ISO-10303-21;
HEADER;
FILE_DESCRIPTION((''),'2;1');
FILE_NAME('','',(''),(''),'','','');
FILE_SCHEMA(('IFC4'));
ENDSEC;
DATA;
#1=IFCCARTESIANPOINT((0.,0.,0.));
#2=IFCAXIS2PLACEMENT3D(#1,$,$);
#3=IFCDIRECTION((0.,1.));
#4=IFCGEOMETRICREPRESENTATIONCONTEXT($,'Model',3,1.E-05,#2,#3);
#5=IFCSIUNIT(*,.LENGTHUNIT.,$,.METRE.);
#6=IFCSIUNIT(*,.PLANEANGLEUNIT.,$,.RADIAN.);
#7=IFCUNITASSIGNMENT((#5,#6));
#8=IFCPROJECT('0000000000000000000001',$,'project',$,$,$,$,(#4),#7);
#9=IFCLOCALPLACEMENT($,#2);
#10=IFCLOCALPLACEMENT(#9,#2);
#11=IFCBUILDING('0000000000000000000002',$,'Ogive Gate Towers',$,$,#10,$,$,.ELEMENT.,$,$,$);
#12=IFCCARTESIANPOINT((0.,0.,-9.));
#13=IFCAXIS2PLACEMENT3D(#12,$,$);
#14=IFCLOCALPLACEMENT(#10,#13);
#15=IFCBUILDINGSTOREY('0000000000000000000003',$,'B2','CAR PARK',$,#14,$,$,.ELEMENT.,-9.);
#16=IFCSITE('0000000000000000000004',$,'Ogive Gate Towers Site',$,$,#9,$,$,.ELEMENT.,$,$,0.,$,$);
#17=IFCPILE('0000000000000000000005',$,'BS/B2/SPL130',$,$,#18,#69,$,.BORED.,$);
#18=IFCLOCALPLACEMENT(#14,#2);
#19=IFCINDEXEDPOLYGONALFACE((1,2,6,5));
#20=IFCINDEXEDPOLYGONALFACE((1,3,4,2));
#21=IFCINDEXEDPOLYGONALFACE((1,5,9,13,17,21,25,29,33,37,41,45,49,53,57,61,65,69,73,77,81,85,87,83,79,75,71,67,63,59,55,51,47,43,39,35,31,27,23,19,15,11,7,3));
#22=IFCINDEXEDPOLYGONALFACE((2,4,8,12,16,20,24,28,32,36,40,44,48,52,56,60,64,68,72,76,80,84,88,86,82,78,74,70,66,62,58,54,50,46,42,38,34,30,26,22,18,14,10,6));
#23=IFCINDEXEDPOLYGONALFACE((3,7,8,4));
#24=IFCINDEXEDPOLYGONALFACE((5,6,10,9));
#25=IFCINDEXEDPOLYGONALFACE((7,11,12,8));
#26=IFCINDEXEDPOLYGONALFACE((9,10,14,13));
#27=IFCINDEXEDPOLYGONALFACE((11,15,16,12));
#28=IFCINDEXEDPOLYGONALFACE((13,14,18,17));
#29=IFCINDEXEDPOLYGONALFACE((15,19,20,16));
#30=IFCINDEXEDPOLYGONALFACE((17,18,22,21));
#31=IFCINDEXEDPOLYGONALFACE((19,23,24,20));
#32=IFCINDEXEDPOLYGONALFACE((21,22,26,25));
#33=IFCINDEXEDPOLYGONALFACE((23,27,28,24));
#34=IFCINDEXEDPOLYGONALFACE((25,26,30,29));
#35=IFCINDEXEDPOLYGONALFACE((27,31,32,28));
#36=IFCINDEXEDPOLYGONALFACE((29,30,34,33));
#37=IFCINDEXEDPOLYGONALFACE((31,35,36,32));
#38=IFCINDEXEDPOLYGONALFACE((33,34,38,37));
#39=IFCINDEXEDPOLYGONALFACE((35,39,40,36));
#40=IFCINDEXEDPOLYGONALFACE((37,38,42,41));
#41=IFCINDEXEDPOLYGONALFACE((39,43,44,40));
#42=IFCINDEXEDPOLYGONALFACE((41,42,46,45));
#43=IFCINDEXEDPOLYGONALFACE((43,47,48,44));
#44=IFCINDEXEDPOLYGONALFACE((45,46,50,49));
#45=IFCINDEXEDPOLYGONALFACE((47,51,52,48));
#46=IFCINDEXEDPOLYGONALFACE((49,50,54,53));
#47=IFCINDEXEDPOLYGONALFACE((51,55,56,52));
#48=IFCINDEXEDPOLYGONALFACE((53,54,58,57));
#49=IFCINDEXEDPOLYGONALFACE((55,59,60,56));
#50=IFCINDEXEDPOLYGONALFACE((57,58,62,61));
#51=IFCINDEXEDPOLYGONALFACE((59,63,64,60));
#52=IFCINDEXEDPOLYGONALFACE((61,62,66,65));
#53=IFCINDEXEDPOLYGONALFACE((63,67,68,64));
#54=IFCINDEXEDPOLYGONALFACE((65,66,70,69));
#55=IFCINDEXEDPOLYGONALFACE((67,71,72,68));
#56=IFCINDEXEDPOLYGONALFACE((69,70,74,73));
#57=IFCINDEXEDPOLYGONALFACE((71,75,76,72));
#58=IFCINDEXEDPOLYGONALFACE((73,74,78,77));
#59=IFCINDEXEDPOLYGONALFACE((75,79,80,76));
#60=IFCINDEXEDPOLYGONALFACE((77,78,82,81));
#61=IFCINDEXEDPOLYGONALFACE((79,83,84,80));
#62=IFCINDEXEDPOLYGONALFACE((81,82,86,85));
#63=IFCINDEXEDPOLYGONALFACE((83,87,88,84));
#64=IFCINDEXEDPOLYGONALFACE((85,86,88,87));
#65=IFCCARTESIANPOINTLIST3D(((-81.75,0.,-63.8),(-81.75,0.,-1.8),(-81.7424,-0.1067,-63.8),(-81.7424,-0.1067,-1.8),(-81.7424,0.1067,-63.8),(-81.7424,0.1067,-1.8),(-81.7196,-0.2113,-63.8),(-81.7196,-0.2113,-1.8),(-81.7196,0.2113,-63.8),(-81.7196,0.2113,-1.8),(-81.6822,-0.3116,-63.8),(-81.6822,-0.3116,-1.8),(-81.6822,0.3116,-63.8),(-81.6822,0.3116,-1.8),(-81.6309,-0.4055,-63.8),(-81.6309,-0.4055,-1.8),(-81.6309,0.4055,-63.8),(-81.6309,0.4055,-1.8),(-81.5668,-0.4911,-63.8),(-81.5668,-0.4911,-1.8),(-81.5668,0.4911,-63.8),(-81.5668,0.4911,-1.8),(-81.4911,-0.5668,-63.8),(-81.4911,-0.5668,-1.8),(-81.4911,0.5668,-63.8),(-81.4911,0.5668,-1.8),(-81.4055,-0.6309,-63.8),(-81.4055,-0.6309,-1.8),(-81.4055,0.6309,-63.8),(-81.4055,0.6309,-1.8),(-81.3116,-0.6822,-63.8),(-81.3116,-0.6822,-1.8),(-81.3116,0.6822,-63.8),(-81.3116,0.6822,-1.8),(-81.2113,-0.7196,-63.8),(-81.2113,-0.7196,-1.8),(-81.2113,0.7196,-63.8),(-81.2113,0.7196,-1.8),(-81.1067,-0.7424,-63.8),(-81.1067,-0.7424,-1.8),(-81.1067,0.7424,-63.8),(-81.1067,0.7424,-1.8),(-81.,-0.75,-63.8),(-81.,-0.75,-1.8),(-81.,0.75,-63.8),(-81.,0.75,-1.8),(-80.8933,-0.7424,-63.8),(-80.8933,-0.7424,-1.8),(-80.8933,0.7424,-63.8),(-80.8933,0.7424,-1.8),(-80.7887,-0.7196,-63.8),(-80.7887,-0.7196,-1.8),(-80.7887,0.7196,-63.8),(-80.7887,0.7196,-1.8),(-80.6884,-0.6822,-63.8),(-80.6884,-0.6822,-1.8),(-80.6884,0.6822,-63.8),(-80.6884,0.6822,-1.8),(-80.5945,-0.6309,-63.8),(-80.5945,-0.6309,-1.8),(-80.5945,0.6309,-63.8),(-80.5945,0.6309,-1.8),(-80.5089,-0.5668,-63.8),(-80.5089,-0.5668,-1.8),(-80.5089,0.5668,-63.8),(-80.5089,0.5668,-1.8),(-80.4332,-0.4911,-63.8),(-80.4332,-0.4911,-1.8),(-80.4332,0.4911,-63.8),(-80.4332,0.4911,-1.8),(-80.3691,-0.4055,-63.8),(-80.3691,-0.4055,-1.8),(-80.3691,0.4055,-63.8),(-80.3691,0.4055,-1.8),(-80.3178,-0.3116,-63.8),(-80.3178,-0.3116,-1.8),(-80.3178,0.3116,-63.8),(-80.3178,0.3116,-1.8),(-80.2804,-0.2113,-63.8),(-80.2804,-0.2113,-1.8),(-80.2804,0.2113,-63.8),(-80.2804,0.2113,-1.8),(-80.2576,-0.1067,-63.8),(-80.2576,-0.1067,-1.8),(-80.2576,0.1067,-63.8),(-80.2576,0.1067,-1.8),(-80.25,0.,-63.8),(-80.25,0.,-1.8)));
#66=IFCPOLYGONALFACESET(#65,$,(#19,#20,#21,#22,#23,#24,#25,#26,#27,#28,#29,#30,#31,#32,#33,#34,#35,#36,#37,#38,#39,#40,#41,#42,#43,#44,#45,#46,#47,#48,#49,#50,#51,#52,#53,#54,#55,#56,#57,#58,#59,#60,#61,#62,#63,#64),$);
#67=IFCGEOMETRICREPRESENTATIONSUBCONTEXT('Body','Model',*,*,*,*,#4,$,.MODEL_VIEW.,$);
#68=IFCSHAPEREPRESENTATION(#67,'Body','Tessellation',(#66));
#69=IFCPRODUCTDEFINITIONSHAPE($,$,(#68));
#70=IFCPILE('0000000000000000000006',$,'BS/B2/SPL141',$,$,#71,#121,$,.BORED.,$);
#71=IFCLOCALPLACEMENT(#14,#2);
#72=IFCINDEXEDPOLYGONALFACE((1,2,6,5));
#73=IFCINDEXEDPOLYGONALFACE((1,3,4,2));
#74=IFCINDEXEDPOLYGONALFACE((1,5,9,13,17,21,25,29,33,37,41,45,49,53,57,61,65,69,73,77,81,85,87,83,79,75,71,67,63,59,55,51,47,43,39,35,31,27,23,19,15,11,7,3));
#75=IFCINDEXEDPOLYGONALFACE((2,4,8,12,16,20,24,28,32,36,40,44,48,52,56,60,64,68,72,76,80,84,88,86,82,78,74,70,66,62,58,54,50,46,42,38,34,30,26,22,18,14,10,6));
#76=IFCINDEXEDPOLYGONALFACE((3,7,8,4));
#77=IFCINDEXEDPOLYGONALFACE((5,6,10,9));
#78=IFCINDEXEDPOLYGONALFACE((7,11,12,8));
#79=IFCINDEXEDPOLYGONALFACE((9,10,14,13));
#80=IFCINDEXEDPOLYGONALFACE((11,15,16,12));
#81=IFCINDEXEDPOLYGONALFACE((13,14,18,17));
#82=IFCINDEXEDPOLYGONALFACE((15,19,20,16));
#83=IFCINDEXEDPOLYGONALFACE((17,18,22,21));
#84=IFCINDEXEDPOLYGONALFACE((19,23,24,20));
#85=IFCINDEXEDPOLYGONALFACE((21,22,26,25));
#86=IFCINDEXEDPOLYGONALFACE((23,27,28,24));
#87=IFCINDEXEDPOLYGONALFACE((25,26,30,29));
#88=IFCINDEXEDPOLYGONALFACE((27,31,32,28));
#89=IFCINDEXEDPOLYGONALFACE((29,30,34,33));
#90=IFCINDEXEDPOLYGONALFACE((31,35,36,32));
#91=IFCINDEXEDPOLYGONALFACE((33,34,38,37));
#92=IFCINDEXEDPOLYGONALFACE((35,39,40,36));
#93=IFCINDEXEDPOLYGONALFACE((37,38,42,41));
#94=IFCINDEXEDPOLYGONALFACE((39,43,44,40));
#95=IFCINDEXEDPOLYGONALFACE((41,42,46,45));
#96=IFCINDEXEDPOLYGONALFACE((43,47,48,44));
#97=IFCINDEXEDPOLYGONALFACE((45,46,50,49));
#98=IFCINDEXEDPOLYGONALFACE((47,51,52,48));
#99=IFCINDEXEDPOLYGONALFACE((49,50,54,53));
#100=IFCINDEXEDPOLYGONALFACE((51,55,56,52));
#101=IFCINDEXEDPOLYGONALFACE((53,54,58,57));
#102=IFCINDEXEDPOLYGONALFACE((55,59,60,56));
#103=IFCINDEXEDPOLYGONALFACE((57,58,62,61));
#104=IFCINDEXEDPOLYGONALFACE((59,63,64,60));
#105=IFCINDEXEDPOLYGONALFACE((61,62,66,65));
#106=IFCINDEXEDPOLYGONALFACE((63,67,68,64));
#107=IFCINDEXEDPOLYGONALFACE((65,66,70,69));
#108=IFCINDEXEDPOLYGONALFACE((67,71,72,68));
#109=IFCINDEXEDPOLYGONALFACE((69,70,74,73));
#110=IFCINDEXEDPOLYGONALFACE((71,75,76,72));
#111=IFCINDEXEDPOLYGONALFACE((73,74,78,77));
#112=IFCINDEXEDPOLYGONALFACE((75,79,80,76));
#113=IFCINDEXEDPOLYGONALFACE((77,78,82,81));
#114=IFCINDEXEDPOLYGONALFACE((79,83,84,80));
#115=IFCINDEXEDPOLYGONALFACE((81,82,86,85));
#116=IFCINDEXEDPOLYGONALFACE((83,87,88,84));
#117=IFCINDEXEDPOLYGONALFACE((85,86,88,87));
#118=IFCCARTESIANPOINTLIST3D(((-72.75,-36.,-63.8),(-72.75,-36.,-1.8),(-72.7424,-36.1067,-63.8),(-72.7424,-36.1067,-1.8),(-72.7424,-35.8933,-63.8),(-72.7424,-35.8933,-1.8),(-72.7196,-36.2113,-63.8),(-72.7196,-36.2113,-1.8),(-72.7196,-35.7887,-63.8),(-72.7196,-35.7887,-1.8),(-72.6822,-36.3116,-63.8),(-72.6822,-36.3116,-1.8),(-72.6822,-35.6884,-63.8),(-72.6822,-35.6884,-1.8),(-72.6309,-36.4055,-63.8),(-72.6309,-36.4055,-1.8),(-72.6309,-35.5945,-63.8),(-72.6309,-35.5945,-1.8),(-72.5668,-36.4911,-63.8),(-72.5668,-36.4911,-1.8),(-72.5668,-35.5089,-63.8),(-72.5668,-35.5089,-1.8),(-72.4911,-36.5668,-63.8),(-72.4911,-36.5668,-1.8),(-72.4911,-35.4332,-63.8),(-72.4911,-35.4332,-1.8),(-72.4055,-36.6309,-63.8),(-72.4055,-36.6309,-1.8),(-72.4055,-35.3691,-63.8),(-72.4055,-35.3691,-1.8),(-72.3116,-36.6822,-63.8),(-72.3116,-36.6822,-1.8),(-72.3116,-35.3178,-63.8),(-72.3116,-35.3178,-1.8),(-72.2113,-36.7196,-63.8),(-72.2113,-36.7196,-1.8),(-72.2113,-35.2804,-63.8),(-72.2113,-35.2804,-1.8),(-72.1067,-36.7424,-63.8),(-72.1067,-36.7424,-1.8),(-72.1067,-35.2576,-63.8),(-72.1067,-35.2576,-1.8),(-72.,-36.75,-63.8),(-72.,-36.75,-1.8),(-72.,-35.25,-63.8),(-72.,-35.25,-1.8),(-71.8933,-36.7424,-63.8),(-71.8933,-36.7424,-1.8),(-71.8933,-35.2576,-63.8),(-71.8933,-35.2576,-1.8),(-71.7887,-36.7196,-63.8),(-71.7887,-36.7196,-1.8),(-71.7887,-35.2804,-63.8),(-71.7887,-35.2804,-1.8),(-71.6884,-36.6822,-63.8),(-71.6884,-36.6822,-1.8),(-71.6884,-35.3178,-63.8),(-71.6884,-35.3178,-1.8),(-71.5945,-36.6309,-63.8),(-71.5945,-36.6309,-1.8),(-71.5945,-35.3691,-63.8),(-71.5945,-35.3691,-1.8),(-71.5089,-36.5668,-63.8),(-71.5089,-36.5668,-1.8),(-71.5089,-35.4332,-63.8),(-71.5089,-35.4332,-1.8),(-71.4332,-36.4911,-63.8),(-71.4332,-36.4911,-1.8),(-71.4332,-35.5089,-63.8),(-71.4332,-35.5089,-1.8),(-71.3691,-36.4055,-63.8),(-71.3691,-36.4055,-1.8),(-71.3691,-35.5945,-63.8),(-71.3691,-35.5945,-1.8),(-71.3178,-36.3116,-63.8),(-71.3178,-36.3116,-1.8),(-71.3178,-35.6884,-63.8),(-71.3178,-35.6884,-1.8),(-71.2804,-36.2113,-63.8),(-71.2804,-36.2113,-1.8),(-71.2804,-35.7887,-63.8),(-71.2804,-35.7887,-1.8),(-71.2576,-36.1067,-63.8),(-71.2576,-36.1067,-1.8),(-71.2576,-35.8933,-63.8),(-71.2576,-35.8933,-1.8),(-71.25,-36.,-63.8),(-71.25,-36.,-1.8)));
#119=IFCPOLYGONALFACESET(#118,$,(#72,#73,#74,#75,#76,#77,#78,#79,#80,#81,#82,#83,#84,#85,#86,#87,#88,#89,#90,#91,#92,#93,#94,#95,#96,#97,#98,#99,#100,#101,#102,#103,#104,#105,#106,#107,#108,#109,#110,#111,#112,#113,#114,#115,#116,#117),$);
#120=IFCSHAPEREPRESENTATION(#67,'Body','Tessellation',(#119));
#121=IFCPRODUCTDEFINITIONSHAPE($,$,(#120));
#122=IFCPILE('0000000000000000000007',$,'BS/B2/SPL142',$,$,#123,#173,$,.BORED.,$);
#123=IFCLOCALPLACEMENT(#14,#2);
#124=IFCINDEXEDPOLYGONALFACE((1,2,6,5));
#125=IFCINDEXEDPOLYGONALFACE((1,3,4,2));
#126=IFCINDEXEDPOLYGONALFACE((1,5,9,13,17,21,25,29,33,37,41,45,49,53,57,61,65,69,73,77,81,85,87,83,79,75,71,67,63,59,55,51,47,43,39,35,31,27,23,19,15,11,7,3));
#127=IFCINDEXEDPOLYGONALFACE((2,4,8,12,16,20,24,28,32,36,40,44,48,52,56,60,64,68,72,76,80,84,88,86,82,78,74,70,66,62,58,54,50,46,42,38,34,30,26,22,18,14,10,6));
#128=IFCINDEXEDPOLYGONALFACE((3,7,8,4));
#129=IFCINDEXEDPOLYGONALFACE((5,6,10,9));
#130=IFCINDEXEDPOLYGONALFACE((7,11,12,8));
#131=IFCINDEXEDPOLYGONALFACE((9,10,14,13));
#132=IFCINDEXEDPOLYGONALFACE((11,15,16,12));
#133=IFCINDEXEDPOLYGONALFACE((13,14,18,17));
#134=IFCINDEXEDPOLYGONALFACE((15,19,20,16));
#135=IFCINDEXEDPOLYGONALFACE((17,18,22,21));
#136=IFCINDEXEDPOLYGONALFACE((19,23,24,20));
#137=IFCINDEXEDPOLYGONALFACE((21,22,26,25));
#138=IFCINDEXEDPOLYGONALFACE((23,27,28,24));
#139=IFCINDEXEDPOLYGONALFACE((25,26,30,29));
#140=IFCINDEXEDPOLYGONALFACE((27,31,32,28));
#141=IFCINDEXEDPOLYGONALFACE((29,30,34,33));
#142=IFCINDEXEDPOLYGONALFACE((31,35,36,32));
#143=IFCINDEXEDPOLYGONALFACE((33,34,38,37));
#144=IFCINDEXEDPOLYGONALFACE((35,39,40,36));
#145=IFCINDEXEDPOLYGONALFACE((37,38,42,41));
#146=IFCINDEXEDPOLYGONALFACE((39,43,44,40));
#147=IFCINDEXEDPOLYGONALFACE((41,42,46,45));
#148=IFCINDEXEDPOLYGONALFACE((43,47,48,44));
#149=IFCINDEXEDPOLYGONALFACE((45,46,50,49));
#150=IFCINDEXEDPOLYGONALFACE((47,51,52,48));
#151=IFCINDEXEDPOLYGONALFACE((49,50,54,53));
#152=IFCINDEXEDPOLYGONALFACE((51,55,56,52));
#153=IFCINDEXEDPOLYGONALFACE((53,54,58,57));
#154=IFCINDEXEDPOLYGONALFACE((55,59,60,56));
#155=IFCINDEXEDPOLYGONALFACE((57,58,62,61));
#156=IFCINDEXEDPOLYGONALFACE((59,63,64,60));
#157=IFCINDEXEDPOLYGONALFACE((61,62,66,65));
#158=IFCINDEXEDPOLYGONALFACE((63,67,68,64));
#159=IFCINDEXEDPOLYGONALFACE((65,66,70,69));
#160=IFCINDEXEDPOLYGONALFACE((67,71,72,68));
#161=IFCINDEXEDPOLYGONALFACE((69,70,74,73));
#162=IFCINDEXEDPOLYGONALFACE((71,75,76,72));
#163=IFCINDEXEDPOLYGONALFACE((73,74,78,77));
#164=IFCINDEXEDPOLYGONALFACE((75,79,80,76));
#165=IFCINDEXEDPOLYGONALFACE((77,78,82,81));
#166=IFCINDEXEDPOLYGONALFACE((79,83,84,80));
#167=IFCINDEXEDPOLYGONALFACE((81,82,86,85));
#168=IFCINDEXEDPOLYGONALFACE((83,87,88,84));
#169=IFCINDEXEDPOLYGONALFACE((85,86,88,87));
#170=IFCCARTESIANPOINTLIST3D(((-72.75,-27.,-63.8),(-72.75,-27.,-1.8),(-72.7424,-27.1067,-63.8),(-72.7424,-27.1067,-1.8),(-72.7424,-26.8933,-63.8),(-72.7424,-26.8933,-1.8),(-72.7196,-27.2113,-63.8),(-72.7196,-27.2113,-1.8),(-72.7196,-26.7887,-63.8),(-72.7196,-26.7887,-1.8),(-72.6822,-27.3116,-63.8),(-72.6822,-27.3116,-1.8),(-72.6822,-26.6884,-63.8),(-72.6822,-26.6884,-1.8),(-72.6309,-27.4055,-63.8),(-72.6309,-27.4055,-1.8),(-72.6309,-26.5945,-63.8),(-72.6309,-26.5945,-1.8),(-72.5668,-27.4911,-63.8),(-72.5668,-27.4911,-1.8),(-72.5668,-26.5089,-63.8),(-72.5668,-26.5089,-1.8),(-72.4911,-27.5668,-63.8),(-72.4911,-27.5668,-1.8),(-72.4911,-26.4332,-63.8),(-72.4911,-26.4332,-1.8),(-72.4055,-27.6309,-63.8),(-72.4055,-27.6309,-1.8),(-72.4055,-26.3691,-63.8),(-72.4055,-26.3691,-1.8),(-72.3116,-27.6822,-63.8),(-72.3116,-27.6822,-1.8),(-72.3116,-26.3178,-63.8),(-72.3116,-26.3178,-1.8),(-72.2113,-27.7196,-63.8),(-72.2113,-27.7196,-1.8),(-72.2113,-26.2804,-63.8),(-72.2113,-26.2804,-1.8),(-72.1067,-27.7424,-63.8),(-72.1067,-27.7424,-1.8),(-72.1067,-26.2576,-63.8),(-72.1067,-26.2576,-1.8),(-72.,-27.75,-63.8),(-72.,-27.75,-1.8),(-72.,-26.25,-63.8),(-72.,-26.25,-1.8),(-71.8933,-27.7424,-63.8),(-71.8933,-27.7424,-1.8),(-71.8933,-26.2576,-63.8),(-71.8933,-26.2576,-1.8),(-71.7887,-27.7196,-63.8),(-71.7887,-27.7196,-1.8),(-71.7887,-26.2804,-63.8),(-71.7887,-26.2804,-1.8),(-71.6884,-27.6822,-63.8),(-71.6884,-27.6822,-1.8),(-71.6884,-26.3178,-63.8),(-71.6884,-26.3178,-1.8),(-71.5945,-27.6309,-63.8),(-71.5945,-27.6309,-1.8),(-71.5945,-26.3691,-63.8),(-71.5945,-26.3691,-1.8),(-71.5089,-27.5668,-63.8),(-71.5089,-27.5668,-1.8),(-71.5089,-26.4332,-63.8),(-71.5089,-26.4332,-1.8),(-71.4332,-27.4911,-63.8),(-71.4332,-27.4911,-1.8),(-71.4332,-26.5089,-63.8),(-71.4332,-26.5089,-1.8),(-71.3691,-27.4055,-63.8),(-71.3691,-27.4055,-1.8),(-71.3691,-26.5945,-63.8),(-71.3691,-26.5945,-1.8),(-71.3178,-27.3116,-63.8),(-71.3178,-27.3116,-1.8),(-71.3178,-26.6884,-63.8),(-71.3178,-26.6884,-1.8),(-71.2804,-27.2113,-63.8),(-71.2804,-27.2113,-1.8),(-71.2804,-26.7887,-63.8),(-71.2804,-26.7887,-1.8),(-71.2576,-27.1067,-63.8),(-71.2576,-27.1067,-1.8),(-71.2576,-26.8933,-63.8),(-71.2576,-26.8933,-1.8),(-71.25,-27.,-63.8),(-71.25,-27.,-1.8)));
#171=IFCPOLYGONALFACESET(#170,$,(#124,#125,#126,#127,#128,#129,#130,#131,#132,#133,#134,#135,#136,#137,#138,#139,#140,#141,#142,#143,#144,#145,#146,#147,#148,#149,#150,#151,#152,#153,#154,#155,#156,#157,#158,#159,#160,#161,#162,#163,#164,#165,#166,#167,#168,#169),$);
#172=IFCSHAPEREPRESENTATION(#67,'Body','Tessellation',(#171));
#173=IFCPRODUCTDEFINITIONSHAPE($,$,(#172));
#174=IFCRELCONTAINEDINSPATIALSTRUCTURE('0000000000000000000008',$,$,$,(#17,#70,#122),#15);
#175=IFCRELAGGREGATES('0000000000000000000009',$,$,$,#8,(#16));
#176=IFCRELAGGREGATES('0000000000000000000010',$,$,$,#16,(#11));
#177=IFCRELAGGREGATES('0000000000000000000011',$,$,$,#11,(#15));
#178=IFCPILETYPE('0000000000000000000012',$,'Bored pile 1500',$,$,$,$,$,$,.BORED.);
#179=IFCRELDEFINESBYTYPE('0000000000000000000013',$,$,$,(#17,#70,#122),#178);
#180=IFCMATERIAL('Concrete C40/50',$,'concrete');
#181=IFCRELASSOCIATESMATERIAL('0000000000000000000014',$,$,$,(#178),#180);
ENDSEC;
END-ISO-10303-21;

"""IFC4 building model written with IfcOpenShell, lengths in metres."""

from ifc_helpers import new_model, si_unit, direction, frame, origin, origin_2d, place, context, subcontext, project, spatial, circle, extrude, material, material_profile, profile_set, type_object, element, save


model = new_model("IFC4")

# Units and contexts
model_context = context("Model", 3, precision=1e-05, world=origin(), true_north=direction((0.0, 1.0)))
body_context = subcontext(model_context, "Body", "Model", "MODEL_VIEW")
ifc_project = project(units=[si_unit("LENGTHUNIT", "METRE"), si_unit("PLANEANGLEUNIT", "RADIAN")], contexts=[model_context])

# Site, building, storey
site_placement = place(None, origin())
site = spatial("IfcSite", under=ifc_project, at=site_placement, Name="Ogive Gate Towers Site", CompositionType="ELEMENT", RefElevation=0.0)
building_placement = place(site_placement, origin())
building = spatial("IfcBuilding", under=site, at=building_placement, Name="Ogive Gate Towers", CompositionType="ELEMENT")
storey_placement = place(building_placement, frame((0.0, 0.0, -9.0)))
storey = spatial("IfcBuildingStorey", under=building, at=storey_placement, Name="B2", Description="CAR PARK", CompositionType="ELEMENT", Elevation=-9.0)

# Piles
ifc_material_1 = material(Name="Concrete C40/50", Category="concrete")
ifc_material_profile_1 = material_profile(ifc_material_1, circle(Radius=0.75, at=origin_2d()), Name="BP 1500")
ifc_profile_set_1 = profile_set([ifc_material_profile_1], Name="Concrete C40/50")
pile_type_1 = type_object("IfcPileType", Name="Bored pile 1500", PredefinedType="BORED", material=ifc_profile_set_1)
for number, where, z_axis, x_axis, name in (
    (1, (-81.0, 0.0, -1.8), (0.0, 0.0, -1.0), (1.0, 0.0, 0.0), "BS/B2/SPL130"),
    (2, (-72.0, -36.0, -1.8), (0.0, 0.0, -1.0), (1.0, 0.0, 0.0), "BS/B2/SPL141"),
    (3, (-72.0, -27.0, -1.8), (0.0, 0.0, -1.0), (1.0, 0.0, 0.0), "BS/B2/SPL142"),
):
    element("IfcPile", number, at=place(storey_placement, frame(where, z_axis=z_axis, x_axis=x_axis)), inside=storey, type_object=pile_type_1, Name=name, PredefinedType="BORED", context=body_context, shape_type="SweptSolid", body=[
        extrude(circle(Radius=0.75, at=origin_2d()), origin(), (0.0, 0.0, 1.0), 62.0),
    ])

save(model, "model.ifc")
